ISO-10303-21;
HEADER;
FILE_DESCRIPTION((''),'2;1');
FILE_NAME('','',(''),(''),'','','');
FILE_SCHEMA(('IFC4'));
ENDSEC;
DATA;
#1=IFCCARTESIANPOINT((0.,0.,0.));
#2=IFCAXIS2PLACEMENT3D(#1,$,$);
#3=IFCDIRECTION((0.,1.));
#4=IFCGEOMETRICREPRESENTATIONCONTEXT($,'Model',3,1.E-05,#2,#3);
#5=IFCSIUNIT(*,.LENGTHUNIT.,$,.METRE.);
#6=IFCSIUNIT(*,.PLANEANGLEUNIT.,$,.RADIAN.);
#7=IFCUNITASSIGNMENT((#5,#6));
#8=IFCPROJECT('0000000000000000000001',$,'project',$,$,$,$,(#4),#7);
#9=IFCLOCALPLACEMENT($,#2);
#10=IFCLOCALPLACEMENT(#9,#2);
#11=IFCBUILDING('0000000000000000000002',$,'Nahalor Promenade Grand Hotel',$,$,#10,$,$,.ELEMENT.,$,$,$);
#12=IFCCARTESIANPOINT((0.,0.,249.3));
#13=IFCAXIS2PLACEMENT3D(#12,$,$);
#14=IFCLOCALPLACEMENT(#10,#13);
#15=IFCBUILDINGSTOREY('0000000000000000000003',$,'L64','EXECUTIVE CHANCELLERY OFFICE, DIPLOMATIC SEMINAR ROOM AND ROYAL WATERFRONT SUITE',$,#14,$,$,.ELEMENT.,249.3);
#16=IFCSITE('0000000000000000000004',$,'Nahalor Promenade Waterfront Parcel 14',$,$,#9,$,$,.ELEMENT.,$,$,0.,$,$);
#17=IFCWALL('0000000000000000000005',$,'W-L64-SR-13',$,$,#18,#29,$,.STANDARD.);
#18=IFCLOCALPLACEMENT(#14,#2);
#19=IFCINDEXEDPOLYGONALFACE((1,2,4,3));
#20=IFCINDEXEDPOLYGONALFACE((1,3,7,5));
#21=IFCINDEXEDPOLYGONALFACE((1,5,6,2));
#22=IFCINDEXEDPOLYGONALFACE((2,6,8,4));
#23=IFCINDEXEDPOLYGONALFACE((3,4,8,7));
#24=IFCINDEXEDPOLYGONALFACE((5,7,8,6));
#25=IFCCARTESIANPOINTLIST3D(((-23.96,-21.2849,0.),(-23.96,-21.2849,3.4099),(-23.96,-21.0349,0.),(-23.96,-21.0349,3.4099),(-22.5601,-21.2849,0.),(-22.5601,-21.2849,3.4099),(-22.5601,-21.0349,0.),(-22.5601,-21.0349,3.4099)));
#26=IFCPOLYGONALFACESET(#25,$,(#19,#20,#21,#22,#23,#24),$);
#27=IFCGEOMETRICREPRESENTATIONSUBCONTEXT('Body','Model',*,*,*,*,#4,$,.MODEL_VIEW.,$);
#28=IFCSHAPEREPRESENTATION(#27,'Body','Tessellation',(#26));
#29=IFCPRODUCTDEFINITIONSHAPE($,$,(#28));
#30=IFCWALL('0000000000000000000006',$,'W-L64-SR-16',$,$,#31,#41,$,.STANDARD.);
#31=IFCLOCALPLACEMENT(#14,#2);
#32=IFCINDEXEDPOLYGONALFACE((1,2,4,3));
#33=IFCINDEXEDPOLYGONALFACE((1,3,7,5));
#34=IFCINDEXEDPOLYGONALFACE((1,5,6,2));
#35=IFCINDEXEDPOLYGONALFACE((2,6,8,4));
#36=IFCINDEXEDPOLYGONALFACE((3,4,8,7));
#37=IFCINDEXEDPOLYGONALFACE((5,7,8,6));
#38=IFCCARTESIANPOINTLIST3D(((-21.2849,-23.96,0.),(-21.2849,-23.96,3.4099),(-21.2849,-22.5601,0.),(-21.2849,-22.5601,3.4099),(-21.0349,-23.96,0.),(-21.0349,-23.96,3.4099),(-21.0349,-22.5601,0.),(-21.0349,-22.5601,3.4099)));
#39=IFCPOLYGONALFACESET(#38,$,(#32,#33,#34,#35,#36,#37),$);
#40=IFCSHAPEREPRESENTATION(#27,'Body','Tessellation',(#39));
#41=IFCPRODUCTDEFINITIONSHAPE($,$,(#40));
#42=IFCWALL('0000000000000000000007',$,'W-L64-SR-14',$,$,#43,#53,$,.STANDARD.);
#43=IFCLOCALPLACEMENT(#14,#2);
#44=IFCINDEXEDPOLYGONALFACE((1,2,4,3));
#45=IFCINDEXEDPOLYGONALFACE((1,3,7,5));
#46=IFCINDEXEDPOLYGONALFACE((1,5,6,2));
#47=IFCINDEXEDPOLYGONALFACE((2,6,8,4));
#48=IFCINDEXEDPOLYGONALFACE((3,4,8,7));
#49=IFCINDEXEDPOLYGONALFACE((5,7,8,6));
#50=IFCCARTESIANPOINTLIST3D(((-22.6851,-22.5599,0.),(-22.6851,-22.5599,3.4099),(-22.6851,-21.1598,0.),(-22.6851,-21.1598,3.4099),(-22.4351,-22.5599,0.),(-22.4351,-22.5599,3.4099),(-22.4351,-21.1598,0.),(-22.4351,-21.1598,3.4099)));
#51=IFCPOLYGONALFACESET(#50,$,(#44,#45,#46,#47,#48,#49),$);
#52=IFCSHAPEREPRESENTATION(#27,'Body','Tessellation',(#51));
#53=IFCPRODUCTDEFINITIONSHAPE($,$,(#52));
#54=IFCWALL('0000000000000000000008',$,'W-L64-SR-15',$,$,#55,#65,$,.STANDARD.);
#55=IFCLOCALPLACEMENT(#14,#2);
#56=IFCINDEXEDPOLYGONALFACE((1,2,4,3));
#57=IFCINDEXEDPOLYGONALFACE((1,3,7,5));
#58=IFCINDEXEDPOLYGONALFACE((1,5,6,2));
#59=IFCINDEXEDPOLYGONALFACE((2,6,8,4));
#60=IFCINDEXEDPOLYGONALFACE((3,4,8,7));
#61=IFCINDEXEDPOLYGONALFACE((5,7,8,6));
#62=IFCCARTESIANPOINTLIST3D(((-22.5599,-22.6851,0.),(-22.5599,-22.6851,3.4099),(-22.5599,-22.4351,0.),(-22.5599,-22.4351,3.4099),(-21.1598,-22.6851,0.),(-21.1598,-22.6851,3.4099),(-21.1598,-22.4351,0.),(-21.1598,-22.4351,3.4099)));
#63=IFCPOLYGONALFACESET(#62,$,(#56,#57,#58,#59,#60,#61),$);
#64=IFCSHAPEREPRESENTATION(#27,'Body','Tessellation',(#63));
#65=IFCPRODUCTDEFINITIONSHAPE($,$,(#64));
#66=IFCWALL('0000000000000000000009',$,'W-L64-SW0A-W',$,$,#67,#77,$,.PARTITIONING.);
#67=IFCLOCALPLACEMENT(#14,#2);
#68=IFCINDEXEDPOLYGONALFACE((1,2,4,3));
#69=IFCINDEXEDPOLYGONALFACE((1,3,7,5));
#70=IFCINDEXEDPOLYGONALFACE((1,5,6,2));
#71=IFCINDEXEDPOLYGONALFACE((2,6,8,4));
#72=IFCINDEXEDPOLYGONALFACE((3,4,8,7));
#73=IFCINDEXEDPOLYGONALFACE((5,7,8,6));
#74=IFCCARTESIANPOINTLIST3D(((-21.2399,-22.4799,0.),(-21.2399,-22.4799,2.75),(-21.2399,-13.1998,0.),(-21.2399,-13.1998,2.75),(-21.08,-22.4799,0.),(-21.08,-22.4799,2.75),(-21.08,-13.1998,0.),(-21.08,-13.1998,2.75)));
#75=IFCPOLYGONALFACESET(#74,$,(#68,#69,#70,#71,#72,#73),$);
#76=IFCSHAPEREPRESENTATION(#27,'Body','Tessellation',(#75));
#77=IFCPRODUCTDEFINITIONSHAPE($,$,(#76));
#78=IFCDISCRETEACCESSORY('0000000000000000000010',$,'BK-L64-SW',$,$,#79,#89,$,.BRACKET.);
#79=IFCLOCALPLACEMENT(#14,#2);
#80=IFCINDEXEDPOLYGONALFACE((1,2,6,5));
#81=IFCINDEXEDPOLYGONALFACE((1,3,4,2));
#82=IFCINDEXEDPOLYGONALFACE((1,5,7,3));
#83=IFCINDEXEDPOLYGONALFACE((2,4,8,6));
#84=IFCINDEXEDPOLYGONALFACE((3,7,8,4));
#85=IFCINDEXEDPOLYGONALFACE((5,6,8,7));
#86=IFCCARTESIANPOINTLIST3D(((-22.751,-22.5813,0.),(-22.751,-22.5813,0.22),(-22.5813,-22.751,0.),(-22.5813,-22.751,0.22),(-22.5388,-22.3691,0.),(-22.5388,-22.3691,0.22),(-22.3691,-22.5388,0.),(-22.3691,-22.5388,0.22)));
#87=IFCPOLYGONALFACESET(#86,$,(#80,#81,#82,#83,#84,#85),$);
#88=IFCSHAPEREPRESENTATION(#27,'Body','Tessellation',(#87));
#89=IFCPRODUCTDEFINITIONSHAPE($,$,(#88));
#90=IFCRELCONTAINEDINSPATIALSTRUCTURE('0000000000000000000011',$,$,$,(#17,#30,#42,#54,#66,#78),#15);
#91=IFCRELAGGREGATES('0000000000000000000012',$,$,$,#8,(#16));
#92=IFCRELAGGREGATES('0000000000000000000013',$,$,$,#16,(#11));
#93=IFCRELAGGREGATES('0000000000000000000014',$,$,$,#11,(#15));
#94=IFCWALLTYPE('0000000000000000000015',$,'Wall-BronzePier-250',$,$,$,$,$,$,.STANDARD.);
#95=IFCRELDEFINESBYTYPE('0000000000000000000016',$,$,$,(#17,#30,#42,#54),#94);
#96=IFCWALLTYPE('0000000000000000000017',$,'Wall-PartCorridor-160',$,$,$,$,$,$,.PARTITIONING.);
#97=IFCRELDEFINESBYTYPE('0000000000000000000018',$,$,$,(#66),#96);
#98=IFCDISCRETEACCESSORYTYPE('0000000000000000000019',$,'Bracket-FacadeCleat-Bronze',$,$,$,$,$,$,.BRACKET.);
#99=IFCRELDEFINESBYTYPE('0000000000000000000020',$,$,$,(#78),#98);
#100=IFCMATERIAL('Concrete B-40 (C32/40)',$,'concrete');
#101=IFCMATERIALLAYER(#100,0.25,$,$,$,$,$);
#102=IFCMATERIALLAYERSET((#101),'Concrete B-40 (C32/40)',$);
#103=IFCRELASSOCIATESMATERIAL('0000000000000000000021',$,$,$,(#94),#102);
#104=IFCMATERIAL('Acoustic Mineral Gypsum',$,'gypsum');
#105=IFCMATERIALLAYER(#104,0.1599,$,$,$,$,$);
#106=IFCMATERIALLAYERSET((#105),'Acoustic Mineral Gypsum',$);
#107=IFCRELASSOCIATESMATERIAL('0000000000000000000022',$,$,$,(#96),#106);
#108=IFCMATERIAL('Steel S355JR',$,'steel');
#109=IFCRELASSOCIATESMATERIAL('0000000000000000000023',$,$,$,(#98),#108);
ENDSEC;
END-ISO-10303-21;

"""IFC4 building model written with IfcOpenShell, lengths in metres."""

from ifc_helpers import new_model, si_unit, direction, frame, frame_2d, origin, origin_2d, place, context, subcontext, project, spatial, rectangle, extrude, source, transform, mapped, material, layer, layer_set, type_object, element, save


model = new_model("IFC4")

# Units and contexts
model_context = context("Model", 3, precision=1e-05, world=origin(), true_north=direction((0.0, 1.0)))
body_context = subcontext(model_context, "Body", "Model", "MODEL_VIEW")
ifc_project = project(units=[si_unit("LENGTHUNIT", "METRE"), si_unit("PLANEANGLEUNIT", "RADIAN")], contexts=[model_context])

# Site, building, storey
site_placement = place(None, origin())
site = spatial("IfcSite", under=ifc_project, at=site_placement, Name="Nahalor Promenade Waterfront Parcel 14", CompositionType="ELEMENT", RefElevation=0.0)
building_placement = place(site_placement, origin())
building = spatial("IfcBuilding", under=site, at=building_placement, Name="Nahalor Promenade Grand Hotel", CompositionType="ELEMENT")
storey_placement = place(building_placement, frame((0.0, 0.0, 249.3)))
storey = spatial("IfcBuildingStorey", under=building, at=storey_placement, Name="L64", Description="EXECUTIVE CHANCELLERY OFFICE, DIPLOMATIC SEMINAR ROOM AND ROYAL WATERFRONT SUITE", CompositionType="ELEMENT", Elevation=249.3)

# Shared definitions
ifc_material_1 = material(Name="Steel S355JR", Category="steel")

# Walls
ifc_material_2 = material(Name="Concrete B-40 (C32/40)", Category="concrete")
ifc_layer_1 = layer(ifc_material_2, 0.25)
ifc_layer_set_1 = layer_set([ifc_layer_1], Name="Concrete B-40 (C32/40)")
wall_type_1 = type_object("IfcWallType", Name="Wall-BronzePier-250", PredefinedType="STANDARD", material=ifc_layer_set_1)
shared_shape_1 = source(origin(), body_context, "Body", "SweptSolid", [
    extrude(rectangle(XDim=1.3999, YDim=0.25, at=frame_2d((0.7, 0.0))), origin(), (0.0, 0.0, 1.0), 3.4099),
])
for number, where, z_axis, x_axis, name in (
    (1, (-23.96, -21.1599, 0.0), (0.0, 0.0, 1.0), (1.0, 0.0, 0.0), "W-L64-SR-13"),
    (2, (-21.1599, -23.96, 0.0), (0.0, 0.0, 1.0), (0.0, 1.0, 0.0), "W-L64-SR-16"),
):
    element("IfcWall", number, at=place(storey_placement, frame(where, z_axis=z_axis, x_axis=x_axis)), inside=storey, type_object=wall_type_1, Name=name, PredefinedType="STANDARD", context=body_context, shape_type="MappedRepresentation", body=[
        mapped(shared_shape_1, transform((0.0, 0.0, 0.0), scale=1.0)),
    ])
shared_shape_2 = source(origin(), body_context, "Body", "SweptSolid", [
    extrude(rectangle(XDim=1.4001, YDim=0.25, at=frame_2d((0.7002, 0.0))), origin(), (0.0, 0.0, 1.0), 3.4099),
])
for number, where, z_axis, x_axis, name in (
    (3, (-22.5601, -22.5601, 0.0), (0.0, 0.0, 1.0), (0.0, 1.0, 0.0), "W-L64-SR-14"),
    (4, (-22.5601, -22.5601, 0.0), (0.0, 0.0, 1.0), (1.0, 0.0, 0.0), "W-L64-SR-15"),
):
    element("IfcWall", number, at=place(storey_placement, frame(where, z_axis=z_axis, x_axis=x_axis)), inside=storey, type_object=wall_type_1, Name=name, PredefinedType="STANDARD", context=body_context, shape_type="MappedRepresentation", body=[
        mapped(shared_shape_2, transform((0.0, 0.0, 0.0), scale=1.0)),
    ])
ifc_material_3 = material(Name="Acoustic Mineral Gypsum", Category="gypsum")
ifc_layer_2 = layer(ifc_material_3, 0.1599)
ifc_layer_set_2 = layer_set([ifc_layer_2], Name="Acoustic Mineral Gypsum")
wall_type_2 = type_object("IfcWallType", Name="Wall-PartCorridor-160", PredefinedType="PARTITIONING", material=ifc_layer_set_2)
shared_shape_3 = source(origin(), body_context, "Body", "SweptSolid", [
    extrude(rectangle(XDim=9.28, YDim=0.1599, at=frame_2d((4.6401, 0.0))), origin(), (0.0, 0.0, 1.0), 2.75),
])
wall_placement = place(storey_placement, frame((-21.1599, -22.48, 0.0), z_axis=(0.0, 0.0, 1.0), x_axis=(0.0, 1.0, 0.0)))
element("IfcWall", 5, at=wall_placement, inside=storey, type_object=wall_type_2, Name="W-L64-SW0A-W", PredefinedType="PARTITIONING", context=body_context, shape_type="MappedRepresentation", body=[
    mapped(shared_shape_3, transform((0.0, 0.0, 0.0), scale=1.0)),
])

# Discrete accessory
discrete_accessory_type = type_object("IfcDiscreteAccessoryType", Name="Bracket-FacadeCleat-Bronze", PredefinedType="BRACKET", material=ifc_material_1)
shared_shape_4 = source(origin(), body_context, "Body", "SweptSolid", [
    extrude(rectangle(XDim=0.3, YDim=0.24, at=origin_2d()), origin(), (0.0, 0.0, 1.0), 0.22),
])
discrete_accessory_placement = place(storey_placement, frame((-22.5601, -22.5601, 0.0), z_axis=(0.0, 0.0, 1.0), x_axis=(0.707107, 0.707107, 0.0)))
element("IfcDiscreteAccessory", 6, at=discrete_accessory_placement, inside=storey, type_object=discrete_accessory_type, Name="BK-L64-SW", PredefinedType="BRACKET", context=body_context, shape_type="MappedRepresentation", body=[
    mapped(shared_shape_4, transform((0.0, 0.0, 0.0), scale=1.0)),
])

save(model, "model.ifc")
